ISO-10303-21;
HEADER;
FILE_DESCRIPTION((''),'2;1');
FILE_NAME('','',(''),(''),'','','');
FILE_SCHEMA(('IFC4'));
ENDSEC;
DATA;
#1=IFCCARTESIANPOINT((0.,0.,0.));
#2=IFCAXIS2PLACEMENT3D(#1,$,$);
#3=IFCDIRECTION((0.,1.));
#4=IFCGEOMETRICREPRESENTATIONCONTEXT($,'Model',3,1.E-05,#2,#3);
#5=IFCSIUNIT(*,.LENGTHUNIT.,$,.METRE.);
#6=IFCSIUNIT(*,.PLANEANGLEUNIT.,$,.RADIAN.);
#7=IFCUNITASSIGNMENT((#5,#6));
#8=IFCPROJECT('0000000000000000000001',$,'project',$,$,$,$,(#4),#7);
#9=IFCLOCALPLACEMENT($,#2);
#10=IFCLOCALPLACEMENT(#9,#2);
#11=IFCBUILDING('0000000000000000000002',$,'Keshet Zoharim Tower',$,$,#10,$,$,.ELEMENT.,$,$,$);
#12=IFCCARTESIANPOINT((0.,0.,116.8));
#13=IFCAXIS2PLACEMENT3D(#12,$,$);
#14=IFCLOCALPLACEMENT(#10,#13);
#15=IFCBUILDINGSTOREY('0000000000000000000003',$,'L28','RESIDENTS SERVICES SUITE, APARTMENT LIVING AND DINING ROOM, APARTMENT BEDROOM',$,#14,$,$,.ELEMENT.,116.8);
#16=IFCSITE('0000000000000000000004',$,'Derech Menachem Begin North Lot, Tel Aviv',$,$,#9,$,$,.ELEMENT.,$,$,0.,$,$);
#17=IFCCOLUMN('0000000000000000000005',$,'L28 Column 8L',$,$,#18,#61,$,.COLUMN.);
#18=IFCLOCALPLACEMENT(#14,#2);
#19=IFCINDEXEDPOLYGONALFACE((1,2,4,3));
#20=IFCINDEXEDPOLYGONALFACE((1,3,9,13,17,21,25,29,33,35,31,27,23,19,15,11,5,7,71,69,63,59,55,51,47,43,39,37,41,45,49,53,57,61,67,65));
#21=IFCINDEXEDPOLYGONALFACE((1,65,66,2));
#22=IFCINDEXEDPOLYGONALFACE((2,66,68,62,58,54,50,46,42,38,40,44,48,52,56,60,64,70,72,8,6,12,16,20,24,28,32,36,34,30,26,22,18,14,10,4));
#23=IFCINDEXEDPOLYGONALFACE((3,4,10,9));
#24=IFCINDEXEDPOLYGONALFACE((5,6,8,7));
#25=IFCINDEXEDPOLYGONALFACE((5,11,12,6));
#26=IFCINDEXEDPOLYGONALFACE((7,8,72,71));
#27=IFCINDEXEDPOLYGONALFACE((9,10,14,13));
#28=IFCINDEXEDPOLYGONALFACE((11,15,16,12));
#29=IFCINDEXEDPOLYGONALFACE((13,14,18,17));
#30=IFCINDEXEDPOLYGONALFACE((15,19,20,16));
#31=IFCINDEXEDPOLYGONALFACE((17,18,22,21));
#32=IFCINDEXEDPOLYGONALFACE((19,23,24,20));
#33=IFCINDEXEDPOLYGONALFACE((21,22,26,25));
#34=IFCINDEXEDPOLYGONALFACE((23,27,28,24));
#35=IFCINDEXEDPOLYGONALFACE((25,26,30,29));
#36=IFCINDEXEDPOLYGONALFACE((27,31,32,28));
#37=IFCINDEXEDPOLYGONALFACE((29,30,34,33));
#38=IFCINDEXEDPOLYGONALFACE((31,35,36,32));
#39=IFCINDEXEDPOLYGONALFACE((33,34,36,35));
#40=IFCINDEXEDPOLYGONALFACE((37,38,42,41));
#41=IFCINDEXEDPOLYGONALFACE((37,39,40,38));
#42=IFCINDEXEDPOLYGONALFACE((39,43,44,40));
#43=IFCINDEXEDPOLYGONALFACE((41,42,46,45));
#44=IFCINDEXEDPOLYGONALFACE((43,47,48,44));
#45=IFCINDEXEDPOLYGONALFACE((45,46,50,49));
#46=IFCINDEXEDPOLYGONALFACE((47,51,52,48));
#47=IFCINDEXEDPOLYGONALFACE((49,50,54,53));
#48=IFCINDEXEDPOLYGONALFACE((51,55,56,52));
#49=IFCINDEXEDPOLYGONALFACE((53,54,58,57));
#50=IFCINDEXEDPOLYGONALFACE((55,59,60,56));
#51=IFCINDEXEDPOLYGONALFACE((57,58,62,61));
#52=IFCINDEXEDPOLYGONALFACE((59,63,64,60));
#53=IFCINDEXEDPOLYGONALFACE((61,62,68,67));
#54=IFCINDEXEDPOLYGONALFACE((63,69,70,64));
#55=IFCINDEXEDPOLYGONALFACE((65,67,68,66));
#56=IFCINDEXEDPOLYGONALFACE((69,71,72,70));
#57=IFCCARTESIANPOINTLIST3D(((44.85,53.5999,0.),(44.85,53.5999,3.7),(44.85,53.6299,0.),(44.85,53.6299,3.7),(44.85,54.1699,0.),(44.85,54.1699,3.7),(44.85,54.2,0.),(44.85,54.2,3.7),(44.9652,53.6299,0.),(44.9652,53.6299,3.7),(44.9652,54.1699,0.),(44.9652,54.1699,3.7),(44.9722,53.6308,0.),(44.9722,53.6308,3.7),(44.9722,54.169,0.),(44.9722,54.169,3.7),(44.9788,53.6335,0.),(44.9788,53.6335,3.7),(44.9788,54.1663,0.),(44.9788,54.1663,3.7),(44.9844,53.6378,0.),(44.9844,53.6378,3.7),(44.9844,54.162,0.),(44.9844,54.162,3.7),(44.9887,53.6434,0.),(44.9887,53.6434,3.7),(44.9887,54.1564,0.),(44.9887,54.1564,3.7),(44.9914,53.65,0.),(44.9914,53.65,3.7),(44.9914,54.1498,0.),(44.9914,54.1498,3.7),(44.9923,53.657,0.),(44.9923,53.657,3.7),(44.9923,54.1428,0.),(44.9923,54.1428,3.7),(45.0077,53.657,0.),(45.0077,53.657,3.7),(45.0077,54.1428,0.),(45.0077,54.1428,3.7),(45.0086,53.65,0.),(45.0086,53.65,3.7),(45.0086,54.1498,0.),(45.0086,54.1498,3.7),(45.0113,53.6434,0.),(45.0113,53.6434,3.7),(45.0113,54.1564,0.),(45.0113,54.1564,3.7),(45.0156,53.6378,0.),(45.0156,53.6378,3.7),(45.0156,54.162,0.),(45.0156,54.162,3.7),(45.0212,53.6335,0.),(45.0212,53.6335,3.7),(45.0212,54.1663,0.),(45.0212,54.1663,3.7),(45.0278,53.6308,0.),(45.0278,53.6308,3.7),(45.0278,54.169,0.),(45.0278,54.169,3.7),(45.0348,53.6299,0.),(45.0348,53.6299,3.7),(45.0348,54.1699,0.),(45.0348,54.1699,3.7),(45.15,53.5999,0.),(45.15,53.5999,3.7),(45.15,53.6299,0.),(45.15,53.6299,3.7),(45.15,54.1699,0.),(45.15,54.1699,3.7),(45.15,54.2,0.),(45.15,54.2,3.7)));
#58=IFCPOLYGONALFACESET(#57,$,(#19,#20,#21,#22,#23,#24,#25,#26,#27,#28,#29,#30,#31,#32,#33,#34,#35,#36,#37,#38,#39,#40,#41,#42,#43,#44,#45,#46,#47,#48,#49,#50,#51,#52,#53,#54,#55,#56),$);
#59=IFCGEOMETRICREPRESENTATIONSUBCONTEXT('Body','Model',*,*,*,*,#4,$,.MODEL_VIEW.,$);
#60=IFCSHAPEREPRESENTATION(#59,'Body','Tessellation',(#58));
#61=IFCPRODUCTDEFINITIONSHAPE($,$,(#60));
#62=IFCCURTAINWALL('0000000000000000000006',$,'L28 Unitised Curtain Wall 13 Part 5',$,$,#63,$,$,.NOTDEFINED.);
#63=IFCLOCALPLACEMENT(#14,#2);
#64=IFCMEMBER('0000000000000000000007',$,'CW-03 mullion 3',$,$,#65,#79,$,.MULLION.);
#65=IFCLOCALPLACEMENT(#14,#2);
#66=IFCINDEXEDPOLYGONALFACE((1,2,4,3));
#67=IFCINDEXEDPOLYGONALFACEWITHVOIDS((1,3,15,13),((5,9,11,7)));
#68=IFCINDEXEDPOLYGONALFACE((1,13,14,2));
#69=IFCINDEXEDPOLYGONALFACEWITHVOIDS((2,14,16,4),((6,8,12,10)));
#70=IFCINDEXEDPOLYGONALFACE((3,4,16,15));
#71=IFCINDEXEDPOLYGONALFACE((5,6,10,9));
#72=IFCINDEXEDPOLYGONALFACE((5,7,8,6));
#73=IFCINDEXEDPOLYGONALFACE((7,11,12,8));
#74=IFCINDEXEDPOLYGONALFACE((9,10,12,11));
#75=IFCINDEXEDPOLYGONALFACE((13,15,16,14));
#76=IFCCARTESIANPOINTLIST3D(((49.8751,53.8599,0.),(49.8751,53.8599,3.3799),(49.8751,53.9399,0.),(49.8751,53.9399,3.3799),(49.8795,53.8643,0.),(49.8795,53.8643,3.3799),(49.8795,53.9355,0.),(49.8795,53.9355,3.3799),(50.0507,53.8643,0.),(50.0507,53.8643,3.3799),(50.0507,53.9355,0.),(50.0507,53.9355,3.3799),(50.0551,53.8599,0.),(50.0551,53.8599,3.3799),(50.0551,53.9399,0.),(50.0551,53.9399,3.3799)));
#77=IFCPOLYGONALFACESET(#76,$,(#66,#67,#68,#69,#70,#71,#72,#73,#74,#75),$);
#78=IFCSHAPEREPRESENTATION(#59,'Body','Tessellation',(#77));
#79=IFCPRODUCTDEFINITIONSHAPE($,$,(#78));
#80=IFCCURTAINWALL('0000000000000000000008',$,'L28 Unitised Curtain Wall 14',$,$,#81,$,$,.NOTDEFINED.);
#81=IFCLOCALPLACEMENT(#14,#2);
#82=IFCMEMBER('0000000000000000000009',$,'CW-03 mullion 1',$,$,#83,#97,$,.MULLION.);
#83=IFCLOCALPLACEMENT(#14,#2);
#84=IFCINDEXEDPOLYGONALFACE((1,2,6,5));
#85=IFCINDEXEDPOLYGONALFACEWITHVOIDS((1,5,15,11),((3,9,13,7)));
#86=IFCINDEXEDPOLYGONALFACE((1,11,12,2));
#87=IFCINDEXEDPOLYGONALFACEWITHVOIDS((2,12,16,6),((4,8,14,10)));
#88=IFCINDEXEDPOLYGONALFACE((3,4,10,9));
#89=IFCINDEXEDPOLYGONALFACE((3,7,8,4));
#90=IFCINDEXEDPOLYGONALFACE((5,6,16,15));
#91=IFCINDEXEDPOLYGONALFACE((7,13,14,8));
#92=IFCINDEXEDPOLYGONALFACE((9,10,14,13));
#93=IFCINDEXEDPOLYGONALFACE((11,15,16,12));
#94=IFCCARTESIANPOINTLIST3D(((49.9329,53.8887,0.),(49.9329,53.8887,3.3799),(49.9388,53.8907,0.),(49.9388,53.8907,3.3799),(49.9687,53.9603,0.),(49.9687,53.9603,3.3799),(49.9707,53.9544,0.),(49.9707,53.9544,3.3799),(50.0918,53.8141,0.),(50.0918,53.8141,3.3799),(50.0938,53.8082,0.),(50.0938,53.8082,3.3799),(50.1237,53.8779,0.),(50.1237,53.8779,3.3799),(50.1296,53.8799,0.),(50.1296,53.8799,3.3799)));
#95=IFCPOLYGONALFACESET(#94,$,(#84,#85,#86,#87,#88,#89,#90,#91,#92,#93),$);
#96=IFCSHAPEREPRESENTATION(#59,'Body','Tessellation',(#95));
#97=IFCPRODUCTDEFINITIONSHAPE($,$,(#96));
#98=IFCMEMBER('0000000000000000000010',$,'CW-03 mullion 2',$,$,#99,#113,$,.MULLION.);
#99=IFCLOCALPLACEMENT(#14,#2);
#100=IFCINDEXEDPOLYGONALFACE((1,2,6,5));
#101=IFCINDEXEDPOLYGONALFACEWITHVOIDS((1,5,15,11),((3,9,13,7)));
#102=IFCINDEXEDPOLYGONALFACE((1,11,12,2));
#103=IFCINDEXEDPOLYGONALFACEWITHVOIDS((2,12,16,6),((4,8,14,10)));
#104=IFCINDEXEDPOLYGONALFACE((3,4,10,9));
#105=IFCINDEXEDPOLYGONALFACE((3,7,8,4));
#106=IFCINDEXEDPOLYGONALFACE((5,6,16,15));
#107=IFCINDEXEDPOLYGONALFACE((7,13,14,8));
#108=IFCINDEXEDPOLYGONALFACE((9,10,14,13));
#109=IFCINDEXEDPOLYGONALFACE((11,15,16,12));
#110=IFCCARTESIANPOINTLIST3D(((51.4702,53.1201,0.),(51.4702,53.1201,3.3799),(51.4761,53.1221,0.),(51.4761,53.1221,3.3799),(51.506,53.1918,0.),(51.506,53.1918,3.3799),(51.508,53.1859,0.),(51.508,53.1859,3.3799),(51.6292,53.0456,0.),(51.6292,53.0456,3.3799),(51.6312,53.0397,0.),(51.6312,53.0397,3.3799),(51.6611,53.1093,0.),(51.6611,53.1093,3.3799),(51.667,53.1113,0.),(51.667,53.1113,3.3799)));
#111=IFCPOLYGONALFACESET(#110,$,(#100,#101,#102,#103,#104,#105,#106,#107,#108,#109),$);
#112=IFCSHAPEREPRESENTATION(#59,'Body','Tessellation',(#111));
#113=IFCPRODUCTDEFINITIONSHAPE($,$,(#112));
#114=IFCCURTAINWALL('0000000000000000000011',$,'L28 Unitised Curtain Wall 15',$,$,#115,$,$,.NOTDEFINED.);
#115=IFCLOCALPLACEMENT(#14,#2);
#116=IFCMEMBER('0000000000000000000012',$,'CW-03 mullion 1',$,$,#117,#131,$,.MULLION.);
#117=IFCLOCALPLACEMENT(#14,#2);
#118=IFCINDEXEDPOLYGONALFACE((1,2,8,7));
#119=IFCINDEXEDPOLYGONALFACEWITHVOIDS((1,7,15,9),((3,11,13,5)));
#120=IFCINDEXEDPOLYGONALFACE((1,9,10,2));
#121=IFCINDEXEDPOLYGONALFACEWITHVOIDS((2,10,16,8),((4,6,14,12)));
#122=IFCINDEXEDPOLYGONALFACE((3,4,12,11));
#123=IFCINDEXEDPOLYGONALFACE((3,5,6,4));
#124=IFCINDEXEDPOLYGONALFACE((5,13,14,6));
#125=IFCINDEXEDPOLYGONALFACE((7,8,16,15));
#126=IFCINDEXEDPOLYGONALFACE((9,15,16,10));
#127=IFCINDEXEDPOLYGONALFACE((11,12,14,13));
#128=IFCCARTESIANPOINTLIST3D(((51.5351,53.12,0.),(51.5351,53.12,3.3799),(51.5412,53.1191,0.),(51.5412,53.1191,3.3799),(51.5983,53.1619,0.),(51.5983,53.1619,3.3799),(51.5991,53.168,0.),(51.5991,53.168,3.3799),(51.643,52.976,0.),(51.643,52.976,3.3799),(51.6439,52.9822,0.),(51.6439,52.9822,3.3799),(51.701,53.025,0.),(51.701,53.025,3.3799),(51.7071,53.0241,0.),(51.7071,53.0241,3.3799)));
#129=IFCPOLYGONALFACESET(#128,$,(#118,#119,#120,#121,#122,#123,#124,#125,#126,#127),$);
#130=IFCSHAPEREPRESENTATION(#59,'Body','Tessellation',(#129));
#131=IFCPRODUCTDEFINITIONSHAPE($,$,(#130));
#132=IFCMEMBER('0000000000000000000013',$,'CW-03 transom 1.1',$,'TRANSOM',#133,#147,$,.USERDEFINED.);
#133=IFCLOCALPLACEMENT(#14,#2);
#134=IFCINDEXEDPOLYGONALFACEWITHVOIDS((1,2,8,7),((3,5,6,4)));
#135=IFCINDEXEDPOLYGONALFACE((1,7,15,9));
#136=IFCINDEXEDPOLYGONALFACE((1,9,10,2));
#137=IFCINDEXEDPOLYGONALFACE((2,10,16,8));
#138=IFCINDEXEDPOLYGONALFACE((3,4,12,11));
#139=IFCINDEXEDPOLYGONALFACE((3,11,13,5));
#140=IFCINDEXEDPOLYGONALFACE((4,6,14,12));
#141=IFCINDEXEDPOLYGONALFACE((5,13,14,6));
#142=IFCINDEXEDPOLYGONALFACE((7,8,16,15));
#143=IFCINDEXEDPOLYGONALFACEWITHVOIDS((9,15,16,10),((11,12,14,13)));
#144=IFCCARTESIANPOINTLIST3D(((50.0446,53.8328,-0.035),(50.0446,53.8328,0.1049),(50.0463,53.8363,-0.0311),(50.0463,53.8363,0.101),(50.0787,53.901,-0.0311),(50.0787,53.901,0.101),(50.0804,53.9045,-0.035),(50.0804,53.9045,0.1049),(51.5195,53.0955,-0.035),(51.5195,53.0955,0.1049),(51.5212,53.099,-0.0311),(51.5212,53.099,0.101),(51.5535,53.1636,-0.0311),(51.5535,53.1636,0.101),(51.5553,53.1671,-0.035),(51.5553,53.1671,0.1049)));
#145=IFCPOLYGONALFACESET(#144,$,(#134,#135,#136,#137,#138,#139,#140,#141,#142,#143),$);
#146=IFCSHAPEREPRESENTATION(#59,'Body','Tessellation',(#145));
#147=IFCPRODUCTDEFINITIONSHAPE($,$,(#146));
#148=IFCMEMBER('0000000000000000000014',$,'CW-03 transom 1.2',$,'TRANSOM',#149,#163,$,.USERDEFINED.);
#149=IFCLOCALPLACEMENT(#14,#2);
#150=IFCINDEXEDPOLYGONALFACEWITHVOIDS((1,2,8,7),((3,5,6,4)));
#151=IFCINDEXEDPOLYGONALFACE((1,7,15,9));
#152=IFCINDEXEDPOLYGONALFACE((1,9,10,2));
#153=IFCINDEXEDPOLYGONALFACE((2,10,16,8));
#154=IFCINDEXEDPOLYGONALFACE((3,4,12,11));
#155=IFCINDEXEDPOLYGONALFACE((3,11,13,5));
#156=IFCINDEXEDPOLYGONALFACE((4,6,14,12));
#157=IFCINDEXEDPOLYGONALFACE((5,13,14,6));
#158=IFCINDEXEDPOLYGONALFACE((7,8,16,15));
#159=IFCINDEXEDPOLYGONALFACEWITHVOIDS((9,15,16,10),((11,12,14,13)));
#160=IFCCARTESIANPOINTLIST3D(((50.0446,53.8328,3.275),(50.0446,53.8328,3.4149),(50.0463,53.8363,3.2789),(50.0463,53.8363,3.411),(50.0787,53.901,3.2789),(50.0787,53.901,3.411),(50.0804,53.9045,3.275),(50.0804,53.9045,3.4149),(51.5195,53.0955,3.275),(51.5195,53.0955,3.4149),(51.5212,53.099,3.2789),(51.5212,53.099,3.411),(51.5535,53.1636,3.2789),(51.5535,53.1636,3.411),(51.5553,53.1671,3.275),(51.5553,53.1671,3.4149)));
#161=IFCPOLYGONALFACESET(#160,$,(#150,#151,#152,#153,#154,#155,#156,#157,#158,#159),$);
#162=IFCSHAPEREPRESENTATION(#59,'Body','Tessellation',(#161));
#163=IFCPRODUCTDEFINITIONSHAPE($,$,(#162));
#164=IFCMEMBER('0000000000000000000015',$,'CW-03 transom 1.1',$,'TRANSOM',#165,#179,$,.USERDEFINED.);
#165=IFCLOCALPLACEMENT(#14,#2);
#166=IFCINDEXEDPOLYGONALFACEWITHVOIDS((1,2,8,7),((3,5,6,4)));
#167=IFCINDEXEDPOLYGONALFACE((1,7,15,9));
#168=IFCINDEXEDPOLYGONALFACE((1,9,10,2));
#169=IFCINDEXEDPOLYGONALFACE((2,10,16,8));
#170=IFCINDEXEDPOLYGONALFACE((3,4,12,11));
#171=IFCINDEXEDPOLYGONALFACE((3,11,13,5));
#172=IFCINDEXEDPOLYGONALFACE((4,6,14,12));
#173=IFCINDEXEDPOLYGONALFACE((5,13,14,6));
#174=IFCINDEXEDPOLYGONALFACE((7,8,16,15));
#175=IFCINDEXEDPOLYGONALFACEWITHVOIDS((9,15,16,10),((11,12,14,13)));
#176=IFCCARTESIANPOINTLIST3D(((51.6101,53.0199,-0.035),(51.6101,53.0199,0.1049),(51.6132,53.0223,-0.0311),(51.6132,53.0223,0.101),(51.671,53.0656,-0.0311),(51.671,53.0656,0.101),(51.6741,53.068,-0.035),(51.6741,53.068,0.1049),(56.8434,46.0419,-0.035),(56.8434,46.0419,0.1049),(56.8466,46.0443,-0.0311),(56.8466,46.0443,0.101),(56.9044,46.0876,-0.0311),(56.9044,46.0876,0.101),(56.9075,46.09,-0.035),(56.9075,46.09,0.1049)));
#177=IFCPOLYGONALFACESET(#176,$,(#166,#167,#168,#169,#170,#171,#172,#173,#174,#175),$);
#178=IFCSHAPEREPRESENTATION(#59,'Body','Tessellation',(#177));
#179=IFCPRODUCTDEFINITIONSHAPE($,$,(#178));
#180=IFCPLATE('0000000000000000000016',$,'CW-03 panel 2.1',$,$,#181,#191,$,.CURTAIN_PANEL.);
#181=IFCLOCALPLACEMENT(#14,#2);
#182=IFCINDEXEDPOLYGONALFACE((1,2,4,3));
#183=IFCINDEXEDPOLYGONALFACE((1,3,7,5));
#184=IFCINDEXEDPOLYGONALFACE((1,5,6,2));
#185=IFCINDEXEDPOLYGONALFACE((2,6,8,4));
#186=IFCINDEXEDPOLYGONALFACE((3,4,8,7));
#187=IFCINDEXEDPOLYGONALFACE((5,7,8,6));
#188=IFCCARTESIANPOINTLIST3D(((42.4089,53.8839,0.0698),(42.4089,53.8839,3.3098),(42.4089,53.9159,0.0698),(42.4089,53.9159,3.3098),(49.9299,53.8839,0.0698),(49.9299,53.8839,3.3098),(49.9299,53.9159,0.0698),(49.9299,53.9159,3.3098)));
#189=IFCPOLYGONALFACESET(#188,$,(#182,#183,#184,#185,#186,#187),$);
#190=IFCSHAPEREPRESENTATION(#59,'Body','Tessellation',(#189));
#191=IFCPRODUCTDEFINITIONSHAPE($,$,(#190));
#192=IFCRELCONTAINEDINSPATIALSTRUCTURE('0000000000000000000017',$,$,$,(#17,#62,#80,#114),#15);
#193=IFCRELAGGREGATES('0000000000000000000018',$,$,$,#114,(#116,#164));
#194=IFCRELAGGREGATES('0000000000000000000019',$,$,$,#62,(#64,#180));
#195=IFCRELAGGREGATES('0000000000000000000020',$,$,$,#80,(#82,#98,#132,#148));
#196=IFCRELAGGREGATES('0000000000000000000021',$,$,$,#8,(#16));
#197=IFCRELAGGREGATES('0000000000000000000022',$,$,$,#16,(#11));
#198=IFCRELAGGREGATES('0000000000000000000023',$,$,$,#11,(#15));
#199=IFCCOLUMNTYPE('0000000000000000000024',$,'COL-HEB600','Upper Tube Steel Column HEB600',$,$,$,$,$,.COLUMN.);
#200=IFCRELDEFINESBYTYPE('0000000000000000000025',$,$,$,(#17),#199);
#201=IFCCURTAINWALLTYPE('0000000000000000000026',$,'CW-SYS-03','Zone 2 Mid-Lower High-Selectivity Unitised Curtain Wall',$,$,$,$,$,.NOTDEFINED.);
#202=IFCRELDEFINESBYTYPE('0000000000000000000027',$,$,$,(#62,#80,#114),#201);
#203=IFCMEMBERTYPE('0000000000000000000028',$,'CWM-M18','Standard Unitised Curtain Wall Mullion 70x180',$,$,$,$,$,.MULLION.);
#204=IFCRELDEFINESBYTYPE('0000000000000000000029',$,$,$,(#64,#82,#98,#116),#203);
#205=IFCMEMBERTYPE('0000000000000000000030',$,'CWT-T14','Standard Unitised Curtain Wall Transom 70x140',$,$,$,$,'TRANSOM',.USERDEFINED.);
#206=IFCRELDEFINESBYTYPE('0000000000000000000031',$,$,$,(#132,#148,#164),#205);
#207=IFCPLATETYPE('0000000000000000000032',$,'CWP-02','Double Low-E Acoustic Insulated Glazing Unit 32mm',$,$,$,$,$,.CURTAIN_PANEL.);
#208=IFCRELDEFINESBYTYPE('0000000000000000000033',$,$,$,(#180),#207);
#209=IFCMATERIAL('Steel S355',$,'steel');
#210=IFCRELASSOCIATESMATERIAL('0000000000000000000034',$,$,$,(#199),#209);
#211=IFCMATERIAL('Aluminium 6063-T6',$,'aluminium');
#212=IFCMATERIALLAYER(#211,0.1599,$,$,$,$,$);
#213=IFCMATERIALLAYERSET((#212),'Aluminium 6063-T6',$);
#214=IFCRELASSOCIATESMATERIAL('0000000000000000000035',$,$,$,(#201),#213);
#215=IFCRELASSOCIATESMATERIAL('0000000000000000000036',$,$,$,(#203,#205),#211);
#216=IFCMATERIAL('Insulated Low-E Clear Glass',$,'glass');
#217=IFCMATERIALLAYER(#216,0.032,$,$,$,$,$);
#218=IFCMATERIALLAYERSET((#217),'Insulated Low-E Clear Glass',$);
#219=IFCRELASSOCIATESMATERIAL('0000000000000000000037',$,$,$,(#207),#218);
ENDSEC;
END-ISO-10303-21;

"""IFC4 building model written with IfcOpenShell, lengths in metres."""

from ifc_helpers import new_model, si_unit, direction, frame, origin, origin_2d, place, context, subcontext, project, spatial, rectangle, hollow_rectangle, i_section, extrude, material, layer, layer_set, material_profile, profile_set, type_object, element, aggregate, save


model = new_model("IFC4")

# Units and contexts
model_context = context("Model", 3, precision=1e-05, world=origin(), true_north=direction((0.0, 1.0)))
body_context = subcontext(model_context, "Body", "Model", "MODEL_VIEW")
ifc_project = project(units=[si_unit("LENGTHUNIT", "METRE"), si_unit("PLANEANGLEUNIT", "RADIAN")], contexts=[model_context])

# Site, building, storey
site_placement = place(None, origin())
site = spatial("IfcSite", under=ifc_project, at=site_placement, Name="Derech Menachem Begin North Lot, Tel Aviv", CompositionType="ELEMENT", RefElevation=0.0)
building_placement = place(site_placement, origin())
building = spatial("IfcBuilding", under=site, at=building_placement, Name="Keshet Zoharim Tower", CompositionType="ELEMENT")
storey_placement = place(building_placement, frame((0.0, 0.0, 116.8)))
storey = spatial("IfcBuildingStorey", under=building, at=storey_placement, Name="L28", Description="RESIDENTS SERVICES SUITE, APARTMENT LIVING AND DINING ROOM, APARTMENT BEDROOM", CompositionType="ELEMENT", Elevation=116.8)

# Column
ifc_material_1 = material(Name="Steel S355", Category="steel")
ifc_material_profile_1 = material_profile(ifc_material_1, i_section(OverallWidth=0.3, OverallDepth=0.6001, WebThickness=0.0154, FlangeThickness=0.03, FilletRadius=0.0271, at=origin_2d()), Name="HEB600")
ifc_profile_set_1 = profile_set([ifc_material_profile_1], Name="Steel S355")
column_type = type_object("IfcColumnType", Name="COL-HEB600", Description="Upper Tube Steel Column HEB600", PredefinedType="COLUMN", material=ifc_profile_set_1)
column_placement = place(storey_placement, frame((45.0, 53.8999, 0.0), z_axis=(0.0, 0.0, 1.0), x_axis=(1.0, 0.0, 0.0)))
element("IfcColumn", 1, at=column_placement, inside=storey, type_object=column_type, Name="L28 Column 8L", PredefinedType="COLUMN", context=body_context, shape_type="SweptSolid", body=[
    extrude(i_section(OverallWidth=0.3, OverallDepth=0.6001, WebThickness=0.0154, FlangeThickness=0.03, FilletRadius=0.0271, at=origin_2d()), origin(), (0.0, 0.0, 1.0), 3.7),
])

# Curtain wall, member
ifc_material_2 = material(Name="Aluminium 6063-T6", Category="aluminium")
ifc_layer_1 = layer(ifc_material_2, 0.1599)
ifc_layer_set_1 = layer_set([ifc_layer_1], Name="Aluminium 6063-T6")
curtain_wall_type = type_object("IfcCurtainWallType", Name="CW-SYS-03", Description="Zone 2 Mid-Lower High-Selectivity Unitised Curtain Wall", PredefinedType="NOTDEFINED", material=ifc_layer_set_1)
curtain_wall_1_placement = place(storey_placement, origin())
curtain_wall_1 = element("IfcCurtainWall", 2, at=curtain_wall_1_placement, inside=storey, type_object=curtain_wall_type, Name="L28 Unitised Curtain Wall 13 Part 5", PredefinedType="NOTDEFINED")
ifc_material_profile_2 = material_profile(ifc_material_2, hollow_rectangle(XDim=0.0801, YDim=0.1799, WallThickness=0.0044, at=origin_2d()), Name="MUL-80x180")
ifc_profile_set_2 = profile_set([ifc_material_profile_2], Name="Aluminium 6063-T6")
member_type_1 = type_object("IfcMemberType", Name="CWM-M18", Description="Standard Unitised Curtain Wall Mullion 70x180", PredefinedType="MULLION", material=ifc_profile_set_2)
member_1_placement = place(storey_placement, frame((49.9651, 53.8999, 0.0), z_axis=(0.0, 0.0, 1.0), x_axis=(0.0, 1.0, 0.0)))
member_1 = element("IfcMember", 3, at=member_1_placement, type_object=member_type_1, Name="CW-03 mullion 3", PredefinedType="MULLION", context=body_context, shape_type="SweptSolid", body=[
    extrude(hollow_rectangle(XDim=0.0801, YDim=0.1799, WallThickness=0.0044, at=origin_2d()), origin(), (0.0, 0.0, 1.0), 3.3799),
])

# Curtain wall, members
curtain_wall_2_placement = place(storey_placement, origin())
curtain_wall_2 = element("IfcCurtainWall", 4, at=curtain_wall_2_placement, inside=storey, type_object=curtain_wall_type, Name="L28 Unitised Curtain Wall 14", PredefinedType="NOTDEFINED")
member_2_placement = place(storey_placement, frame((50.0312, 53.8843, 0.0), z_axis=(0.0, 0.0, 1.0), x_axis=(0.447214, 0.894427, 0.0)))
member_2 = element("IfcMember", 5, at=member_2_placement, type_object=member_type_1, Name="CW-03 mullion 1", PredefinedType="MULLION", context=body_context, shape_type="SweptSolid", body=[
    extrude(hollow_rectangle(XDim=0.0801, YDim=0.1799, WallThickness=0.0044, at=origin_2d()), origin(), (0.0, 0.0, 1.0), 3.3799),
])
member_3_placement = place(storey_placement, frame((51.5686, 53.1157, 0.0), z_axis=(0.0, 0.0, 1.0), x_axis=(0.447214, 0.894427, 0.0)))
member_3 = element("IfcMember", 6, at=member_3_placement, type_object=member_type_1, Name="CW-03 mullion 2", PredefinedType="MULLION", context=body_context, shape_type="SweptSolid", body=[
    extrude(hollow_rectangle(XDim=0.0801, YDim=0.1799, WallThickness=0.0044, at=origin_2d()), origin(), (0.0, 0.0, 1.0), 3.3799),
])

# Curtain wall, member
curtain_wall_3_placement = place(storey_placement, origin())
curtain_wall_3 = element("IfcCurtainWall", 7, at=curtain_wall_3_placement, inside=storey, type_object=curtain_wall_type, Name="L28 Unitised Curtain Wall 15", PredefinedType="NOTDEFINED")
member_4_placement = place(storey_placement, frame((51.6211, 53.072, 0.0), z_axis=(0.0, 0.0, 1.0), x_axis=(0.8, 0.6, 0.0)))
member_4 = element("IfcMember", 8, at=member_4_placement, type_object=member_type_1, Name="CW-03 mullion 1", PredefinedType="MULLION", context=body_context, shape_type="SweptSolid", body=[
    extrude(hollow_rectangle(XDim=0.0801, YDim=0.1799, WallThickness=0.0044, at=origin_2d()), origin(), (0.0, 0.0, 1.0), 3.3799),
])

# Members
ifc_material_profile_3 = material_profile(ifc_material_2, hollow_rectangle(XDim=0.0801, YDim=0.1399, WallThickness=0.0039, at=origin_2d()), Name="TRN-80x140")
ifc_profile_set_3 = profile_set([ifc_material_profile_3], Name="Aluminium 6063-T6")
member_type_2 = type_object("IfcMemberType", Name="CWT-T14", Description="Standard Unitised Curtain Wall Transom 70x140", ElementType="TRANSOM", PredefinedType="USERDEFINED", material=ifc_profile_set_3)
member_5_placement = place(storey_placement, frame((50.0625, 53.8687, 0.0349), z_axis=(0.894457, -0.447154, 0.0), x_axis=(0.447154, 0.894457, 0.0)))
member_5 = element("IfcMember", 9, at=member_5_placement, type_object=member_type_2, Name="CW-03 transom 1.1", ObjectType="TRANSOM", PredefinedType="USERDEFINED", context=body_context, shape_type="SweptSolid", body=[
    extrude(hollow_rectangle(XDim=0.0801, YDim=0.1399, WallThickness=0.0039, at=origin_2d()), origin(), (0.0, 0.0, 1.0), 1.6489),
])
member_6_placement = place(storey_placement, frame((50.0625, 53.8687, 3.345), z_axis=(0.894457, -0.447154, 0.0), x_axis=(0.447154, 0.894457, 0.0)))
member_6 = element("IfcMember", 10, at=member_6_placement, type_object=member_type_2, Name="CW-03 transom 1.2", ObjectType="TRANSOM", PredefinedType="USERDEFINED", context=body_context, shape_type="SweptSolid", body=[
    extrude(hollow_rectangle(XDim=0.0801, YDim=0.1399, WallThickness=0.0039, at=origin_2d()), origin(), (0.0, 0.0, 1.0), 1.6489),
])
member_7_placement = place(storey_placement, frame((51.6421, 53.0439, 0.0349), z_axis=(0.599991, -0.800007, 0.0), x_axis=(0.800007, 0.599991, 0.0)))
member_7 = element("IfcMember", 11, at=member_7_placement, type_object=member_type_2, Name="CW-03 transom 1.1", ObjectType="TRANSOM", PredefinedType="USERDEFINED", context=body_context, shape_type="SweptSolid", body=[
    extrude(hollow_rectangle(XDim=0.0801, YDim=0.1399, WallThickness=0.0039, at=origin_2d()), origin(), (0.0, 0.0, 1.0), 8.7224),
])
aggregate(curtain_wall_3, [member_4, member_7])

# Plate
ifc_material_3 = material(Name="Insulated Low-E Clear Glass", Category="glass")
ifc_layer_2 = layer(ifc_material_3, 0.032)
ifc_layer_set_2 = layer_set([ifc_layer_2], Name="Insulated Low-E Clear Glass")
plate_type = type_object("IfcPlateType", Name="CWP-02", Description="Double Low-E Acoustic Insulated Glazing Unit 32mm", PredefinedType="CURTAIN_PANEL", material=ifc_layer_set_2)
plate_1_placement = place(storey_placement, frame((46.1694, 53.8999, 0.0698), z_axis=(0.0, 0.0, 1.0), x_axis=(1.0, 0.0, 0.0)))
plate_1 = element("IfcPlate", 12, at=plate_1_placement, type_object=plate_type, Name="CW-03 panel 2.1", PredefinedType="CURTAIN_PANEL", context=body_context, shape_type="SweptSolid", body=[
    extrude(rectangle(XDim=7.521, YDim=0.032, at=origin_2d()), origin(), (0.0, 0.0, 1.0), 3.24),
])
aggregate(curtain_wall_1, [member_1, plate_1])
aggregate(curtain_wall_2, [member_2, member_3, member_5, member_6])

save(model, "model.ifc")
